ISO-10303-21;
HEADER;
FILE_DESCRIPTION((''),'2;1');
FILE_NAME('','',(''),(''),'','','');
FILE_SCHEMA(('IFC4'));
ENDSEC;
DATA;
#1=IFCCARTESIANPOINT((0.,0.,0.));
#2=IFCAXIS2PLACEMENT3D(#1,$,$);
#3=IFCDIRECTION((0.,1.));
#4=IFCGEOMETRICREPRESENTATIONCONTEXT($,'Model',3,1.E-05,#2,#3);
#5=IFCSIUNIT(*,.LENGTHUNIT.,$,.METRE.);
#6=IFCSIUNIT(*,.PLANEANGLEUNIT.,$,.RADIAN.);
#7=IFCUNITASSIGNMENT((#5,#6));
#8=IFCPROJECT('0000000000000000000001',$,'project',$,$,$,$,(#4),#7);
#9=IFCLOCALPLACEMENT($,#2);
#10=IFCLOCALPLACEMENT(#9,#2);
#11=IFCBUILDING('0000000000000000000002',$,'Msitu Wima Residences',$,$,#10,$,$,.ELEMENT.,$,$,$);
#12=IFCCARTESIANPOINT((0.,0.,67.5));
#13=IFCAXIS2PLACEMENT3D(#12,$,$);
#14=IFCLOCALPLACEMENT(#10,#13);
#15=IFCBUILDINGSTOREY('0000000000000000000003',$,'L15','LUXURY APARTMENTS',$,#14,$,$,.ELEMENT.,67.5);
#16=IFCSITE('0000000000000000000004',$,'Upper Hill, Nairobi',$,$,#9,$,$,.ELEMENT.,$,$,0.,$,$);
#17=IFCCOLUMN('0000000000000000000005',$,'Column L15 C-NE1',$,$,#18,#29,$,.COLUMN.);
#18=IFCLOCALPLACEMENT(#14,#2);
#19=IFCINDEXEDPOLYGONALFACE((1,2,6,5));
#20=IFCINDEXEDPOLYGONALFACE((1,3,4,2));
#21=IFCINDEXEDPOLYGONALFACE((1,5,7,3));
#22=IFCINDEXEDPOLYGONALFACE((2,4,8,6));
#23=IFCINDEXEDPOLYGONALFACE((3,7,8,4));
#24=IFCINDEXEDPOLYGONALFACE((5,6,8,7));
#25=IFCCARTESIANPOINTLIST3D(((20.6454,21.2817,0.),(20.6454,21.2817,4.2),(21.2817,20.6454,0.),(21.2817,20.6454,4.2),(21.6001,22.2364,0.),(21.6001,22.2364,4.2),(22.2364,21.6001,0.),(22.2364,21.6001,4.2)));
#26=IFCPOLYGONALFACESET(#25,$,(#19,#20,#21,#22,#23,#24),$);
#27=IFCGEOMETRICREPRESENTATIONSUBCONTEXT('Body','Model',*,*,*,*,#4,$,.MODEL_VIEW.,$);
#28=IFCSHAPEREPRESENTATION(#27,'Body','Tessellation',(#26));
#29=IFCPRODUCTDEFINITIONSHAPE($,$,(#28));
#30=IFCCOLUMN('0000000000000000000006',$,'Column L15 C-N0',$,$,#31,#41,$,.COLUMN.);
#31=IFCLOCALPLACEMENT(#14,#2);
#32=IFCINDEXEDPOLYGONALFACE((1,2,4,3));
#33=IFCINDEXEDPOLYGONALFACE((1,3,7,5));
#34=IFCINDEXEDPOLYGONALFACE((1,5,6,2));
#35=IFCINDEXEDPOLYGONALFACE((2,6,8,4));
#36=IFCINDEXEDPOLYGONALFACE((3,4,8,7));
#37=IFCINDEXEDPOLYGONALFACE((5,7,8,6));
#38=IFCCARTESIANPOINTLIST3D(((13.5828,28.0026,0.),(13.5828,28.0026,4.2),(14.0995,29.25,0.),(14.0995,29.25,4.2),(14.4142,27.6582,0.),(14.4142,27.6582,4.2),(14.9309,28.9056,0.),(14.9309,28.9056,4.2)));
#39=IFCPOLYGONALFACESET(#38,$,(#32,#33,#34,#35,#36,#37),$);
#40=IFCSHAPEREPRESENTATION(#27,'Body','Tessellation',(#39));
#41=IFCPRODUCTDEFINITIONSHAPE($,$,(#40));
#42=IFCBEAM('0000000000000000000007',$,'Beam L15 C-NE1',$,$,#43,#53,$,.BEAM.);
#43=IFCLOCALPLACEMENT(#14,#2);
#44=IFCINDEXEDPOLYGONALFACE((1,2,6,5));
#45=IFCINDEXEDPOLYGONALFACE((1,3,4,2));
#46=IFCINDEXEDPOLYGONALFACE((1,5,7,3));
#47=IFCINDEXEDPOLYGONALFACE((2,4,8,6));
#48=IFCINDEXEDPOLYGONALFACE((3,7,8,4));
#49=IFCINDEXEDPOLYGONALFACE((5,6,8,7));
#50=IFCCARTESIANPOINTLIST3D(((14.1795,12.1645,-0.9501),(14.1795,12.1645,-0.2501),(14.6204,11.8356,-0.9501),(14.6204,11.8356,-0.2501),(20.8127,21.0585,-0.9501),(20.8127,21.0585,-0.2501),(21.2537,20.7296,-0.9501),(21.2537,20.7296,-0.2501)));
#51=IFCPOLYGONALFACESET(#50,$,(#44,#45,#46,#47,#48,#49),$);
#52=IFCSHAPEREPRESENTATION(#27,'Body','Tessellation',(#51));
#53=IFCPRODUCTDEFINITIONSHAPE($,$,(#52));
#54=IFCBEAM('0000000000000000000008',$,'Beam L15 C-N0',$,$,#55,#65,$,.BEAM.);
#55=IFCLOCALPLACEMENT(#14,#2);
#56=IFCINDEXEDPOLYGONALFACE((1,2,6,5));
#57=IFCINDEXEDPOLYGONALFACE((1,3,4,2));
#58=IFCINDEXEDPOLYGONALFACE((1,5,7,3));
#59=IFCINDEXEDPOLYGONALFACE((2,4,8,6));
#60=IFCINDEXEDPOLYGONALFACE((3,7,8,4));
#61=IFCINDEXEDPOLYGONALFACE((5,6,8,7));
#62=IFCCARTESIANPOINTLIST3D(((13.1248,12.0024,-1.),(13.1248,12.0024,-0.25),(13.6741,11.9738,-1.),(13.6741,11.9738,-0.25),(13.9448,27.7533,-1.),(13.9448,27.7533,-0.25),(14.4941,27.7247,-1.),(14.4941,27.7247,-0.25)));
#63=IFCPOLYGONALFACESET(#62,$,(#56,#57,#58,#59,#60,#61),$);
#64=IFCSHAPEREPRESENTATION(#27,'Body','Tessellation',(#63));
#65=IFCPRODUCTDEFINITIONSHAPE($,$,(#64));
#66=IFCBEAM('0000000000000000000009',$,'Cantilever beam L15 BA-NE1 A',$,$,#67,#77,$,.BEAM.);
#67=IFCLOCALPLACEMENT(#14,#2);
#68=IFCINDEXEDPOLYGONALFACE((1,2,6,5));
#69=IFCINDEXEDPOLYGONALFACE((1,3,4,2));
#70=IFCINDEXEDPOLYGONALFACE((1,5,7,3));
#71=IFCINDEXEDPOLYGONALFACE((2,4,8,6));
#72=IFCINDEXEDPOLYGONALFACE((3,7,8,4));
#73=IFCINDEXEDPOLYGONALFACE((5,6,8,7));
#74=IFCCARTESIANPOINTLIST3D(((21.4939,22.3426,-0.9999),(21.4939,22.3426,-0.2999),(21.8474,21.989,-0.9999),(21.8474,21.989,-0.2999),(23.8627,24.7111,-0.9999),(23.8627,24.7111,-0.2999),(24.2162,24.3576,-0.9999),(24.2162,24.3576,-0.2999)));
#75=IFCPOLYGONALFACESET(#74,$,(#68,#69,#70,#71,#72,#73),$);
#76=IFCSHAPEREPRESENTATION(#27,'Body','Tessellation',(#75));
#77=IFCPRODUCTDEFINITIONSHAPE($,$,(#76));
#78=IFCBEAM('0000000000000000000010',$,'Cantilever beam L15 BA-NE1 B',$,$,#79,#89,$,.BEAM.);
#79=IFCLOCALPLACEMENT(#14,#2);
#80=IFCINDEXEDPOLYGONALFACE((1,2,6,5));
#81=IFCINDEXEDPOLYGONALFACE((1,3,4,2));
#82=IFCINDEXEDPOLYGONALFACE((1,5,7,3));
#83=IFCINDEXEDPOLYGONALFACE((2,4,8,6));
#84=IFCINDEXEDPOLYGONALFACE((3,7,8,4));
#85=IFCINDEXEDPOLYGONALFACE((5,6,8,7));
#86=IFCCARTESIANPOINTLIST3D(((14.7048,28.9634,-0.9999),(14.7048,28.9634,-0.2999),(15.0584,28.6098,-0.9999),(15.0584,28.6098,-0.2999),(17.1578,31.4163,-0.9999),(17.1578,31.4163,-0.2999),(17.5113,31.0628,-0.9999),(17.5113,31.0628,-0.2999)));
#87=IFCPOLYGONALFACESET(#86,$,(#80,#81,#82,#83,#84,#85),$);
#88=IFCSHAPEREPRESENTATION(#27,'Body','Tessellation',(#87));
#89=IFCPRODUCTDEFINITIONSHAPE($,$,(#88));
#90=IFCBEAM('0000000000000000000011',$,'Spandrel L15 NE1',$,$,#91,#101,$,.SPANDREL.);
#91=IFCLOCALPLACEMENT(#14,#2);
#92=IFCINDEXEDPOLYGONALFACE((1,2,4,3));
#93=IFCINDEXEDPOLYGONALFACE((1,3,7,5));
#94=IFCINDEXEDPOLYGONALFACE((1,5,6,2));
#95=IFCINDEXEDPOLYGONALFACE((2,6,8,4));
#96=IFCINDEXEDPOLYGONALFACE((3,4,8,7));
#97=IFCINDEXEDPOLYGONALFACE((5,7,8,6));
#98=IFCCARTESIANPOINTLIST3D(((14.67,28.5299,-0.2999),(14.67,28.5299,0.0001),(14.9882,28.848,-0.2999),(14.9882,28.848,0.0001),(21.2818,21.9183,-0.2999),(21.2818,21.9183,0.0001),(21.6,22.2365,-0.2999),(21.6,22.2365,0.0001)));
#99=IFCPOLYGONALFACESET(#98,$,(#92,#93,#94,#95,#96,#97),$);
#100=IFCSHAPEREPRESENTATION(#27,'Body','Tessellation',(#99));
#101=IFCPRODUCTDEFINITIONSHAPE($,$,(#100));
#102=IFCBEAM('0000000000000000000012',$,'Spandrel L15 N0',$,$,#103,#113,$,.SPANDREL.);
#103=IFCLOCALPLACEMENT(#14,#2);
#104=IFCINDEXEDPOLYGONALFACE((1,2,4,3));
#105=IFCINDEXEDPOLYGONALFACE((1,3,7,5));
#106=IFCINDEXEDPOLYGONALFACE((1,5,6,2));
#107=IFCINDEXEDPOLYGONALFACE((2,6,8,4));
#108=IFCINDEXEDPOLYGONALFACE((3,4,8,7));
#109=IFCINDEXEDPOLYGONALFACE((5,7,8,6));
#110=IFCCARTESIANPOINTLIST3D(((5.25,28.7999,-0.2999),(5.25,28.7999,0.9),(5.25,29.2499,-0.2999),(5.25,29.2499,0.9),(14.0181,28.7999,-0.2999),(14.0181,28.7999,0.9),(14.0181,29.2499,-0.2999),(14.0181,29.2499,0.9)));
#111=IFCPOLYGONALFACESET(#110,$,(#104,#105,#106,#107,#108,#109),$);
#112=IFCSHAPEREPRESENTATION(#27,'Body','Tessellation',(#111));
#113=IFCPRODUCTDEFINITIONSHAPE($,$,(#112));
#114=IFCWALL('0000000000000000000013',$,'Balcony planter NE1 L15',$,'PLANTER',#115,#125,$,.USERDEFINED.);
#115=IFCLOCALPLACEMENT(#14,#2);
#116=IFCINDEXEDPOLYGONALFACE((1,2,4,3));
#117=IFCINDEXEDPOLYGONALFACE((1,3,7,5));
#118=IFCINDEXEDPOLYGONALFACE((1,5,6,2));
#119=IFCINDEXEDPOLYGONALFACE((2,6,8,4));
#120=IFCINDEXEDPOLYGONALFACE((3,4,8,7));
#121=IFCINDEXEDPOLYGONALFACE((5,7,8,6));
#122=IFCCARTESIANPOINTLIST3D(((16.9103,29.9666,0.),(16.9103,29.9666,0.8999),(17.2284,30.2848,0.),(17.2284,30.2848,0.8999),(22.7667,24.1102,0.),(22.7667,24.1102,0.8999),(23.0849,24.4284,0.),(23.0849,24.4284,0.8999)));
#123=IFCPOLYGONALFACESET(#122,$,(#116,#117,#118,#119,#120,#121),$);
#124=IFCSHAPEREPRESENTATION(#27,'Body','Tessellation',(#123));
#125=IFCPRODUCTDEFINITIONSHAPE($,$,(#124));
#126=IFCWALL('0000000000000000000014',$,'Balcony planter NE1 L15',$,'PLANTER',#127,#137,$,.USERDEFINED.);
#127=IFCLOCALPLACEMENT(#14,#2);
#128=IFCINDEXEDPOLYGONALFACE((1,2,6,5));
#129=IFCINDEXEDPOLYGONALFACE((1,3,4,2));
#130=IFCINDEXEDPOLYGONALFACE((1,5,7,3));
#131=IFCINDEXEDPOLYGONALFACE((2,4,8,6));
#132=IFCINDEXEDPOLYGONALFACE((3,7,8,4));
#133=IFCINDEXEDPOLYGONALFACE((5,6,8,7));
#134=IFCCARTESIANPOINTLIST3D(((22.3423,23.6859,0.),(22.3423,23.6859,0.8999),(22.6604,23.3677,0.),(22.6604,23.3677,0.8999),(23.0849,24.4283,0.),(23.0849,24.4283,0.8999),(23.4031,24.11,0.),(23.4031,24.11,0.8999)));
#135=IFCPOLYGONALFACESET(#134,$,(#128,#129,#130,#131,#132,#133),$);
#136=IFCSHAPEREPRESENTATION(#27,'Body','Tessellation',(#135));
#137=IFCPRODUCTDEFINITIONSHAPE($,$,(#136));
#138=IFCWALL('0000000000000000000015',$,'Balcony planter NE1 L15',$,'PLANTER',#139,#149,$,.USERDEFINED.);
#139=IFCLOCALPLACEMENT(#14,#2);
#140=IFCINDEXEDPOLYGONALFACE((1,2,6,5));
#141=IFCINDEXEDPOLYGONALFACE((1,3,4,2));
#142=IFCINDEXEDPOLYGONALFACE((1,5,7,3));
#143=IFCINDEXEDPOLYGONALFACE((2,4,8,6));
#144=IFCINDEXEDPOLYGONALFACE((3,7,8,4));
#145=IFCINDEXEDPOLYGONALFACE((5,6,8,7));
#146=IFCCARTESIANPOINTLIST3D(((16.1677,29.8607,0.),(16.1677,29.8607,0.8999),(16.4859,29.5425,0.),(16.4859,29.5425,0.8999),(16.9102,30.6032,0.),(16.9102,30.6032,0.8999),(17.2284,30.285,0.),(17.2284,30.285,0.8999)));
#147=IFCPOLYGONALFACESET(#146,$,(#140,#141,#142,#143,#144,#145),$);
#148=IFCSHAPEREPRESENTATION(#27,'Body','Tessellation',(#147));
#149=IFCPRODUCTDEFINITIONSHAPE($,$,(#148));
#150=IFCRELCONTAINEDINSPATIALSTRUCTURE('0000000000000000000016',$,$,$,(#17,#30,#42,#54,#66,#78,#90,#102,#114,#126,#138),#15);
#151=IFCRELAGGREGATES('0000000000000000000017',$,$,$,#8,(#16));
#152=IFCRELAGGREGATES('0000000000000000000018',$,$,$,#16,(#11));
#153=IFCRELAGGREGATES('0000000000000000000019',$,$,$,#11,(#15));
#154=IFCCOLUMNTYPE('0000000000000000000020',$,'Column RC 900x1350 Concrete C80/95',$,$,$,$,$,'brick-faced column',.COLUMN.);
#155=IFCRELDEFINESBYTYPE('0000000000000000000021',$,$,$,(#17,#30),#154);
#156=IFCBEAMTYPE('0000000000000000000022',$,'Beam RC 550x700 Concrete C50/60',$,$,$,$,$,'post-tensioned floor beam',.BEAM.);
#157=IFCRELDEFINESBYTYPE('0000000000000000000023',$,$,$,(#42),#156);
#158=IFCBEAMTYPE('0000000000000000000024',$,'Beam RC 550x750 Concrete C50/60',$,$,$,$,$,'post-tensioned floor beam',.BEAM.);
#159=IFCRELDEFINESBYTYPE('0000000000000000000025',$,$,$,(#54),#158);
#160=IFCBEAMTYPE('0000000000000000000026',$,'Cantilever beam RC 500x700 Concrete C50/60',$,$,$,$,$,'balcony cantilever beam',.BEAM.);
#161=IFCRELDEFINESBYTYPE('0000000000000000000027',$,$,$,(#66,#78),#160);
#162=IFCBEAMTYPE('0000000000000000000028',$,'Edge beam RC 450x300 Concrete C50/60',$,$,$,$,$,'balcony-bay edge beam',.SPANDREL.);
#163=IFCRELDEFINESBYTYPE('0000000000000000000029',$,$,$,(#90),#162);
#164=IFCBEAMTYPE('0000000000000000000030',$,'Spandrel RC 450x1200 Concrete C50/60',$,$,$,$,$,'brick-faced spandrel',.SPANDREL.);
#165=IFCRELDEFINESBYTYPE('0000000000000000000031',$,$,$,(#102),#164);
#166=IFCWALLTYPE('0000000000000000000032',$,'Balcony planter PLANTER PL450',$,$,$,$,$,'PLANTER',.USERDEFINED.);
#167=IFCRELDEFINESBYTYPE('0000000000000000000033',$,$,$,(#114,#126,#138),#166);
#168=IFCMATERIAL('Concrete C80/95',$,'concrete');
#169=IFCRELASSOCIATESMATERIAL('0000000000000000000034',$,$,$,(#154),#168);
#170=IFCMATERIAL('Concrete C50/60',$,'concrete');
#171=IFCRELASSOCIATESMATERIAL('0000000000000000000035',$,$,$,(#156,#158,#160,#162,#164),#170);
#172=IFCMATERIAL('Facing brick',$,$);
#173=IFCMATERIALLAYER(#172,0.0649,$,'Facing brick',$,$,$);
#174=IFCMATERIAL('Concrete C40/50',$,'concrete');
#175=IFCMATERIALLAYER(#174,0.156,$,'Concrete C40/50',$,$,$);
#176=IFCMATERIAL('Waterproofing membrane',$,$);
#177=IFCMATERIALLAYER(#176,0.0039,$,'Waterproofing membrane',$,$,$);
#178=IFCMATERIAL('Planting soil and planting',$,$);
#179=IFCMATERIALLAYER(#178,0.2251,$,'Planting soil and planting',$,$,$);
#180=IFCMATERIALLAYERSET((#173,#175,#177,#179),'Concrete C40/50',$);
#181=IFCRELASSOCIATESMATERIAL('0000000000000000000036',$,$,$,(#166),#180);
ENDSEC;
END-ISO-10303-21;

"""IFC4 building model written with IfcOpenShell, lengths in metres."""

from ifc_helpers import new_model, si_unit, direction, frame, frame_2d, origin, origin_2d, place, context, subcontext, project, spatial, rectangle, extrude, material, layer, layer_set, material_profile, profile_set, type_object, element, save


model = new_model("IFC4")

# Units and contexts
model_context = context("Model", 3, precision=1e-05, world=origin(), true_north=direction((0.0, 1.0)))
body_context = subcontext(model_context, "Body", "Model", "MODEL_VIEW")
ifc_project = project(units=[si_unit("LENGTHUNIT", "METRE"), si_unit("PLANEANGLEUNIT", "RADIAN")], contexts=[model_context])

# Site, building, storey
site_placement = place(None, origin())
site = spatial("IfcSite", under=ifc_project, at=site_placement, Name="Upper Hill, Nairobi", CompositionType="ELEMENT", RefElevation=0.0)
building_placement = place(site_placement, origin())
building = spatial("IfcBuilding", under=site, at=building_placement, Name="Msitu Wima Residences", CompositionType="ELEMENT")
storey_placement = place(building_placement, frame((0.0, 0.0, 67.5)))
storey = spatial("IfcBuildingStorey", under=building, at=storey_placement, Name="L15", Description="LUXURY APARTMENTS", CompositionType="ELEMENT", Elevation=67.5)

# Columns
ifc_material_1 = material(Name="Concrete C80/95", Category="concrete")
ifc_material_profile_1 = material_profile(ifc_material_1, rectangle(XDim=0.8999, YDim=1.3501, at=origin_2d()), Name="RC 900x1350")
ifc_profile_set_1 = profile_set([ifc_material_profile_1], Name="Concrete C80/95")
column_type = type_object("IfcColumnType", Name="Column RC 900x1350 Concrete C80/95", ElementType="brick-faced column", PredefinedType="COLUMN", material=ifc_profile_set_1)
for number, where, z_axis, x_axis, name in (
    (1, (21.4409, 21.4409, 0.0), (0.0, 0.0, 1.0), (-0.707107, 0.707107, 0.0), "Column L15 C-NE1"),
    (2, (14.2568, 28.4541, 0.0), (0.0, 0.0, 1.0), (-0.92388, 0.382683, 0.0), "Column L15 C-N0"),
):
    element("IfcColumn", number, at=place(storey_placement, frame(where, z_axis=z_axis, x_axis=x_axis)), inside=storey, type_object=column_type, Name=name, PredefinedType="COLUMN", context=body_context, shape_type="SweptSolid", body=[
        extrude(rectangle(XDim=0.8999, YDim=1.3501, at=origin_2d()), origin(), (0.0, 0.0, 1.0), 4.2),
    ])

# Beams
ifc_material_2 = material(Name="Concrete C50/60", Category="concrete")
ifc_material_profile_2 = material_profile(ifc_material_2, rectangle(XDim=0.55, YDim=0.7, at=origin_2d()), Name="RC 550x700")
ifc_profile_set_2 = profile_set([ifc_material_profile_2], Name="Concrete C50/60")
beam_type_1 = type_object("IfcBeamType", Name="Beam RC 550x700 Concrete C50/60", ElementType="post-tensioned floor beam", PredefinedType="BEAM", material=ifc_profile_set_2)
beam_1_placement = place(storey_placement, frame((21.0332, 20.894, -0.6001), z_axis=(-0.59785, -0.801608, 0.0), x_axis=(0.801608, -0.59785, 0.0)))
element("IfcBeam", 3, at=beam_1_placement, inside=storey, type_object=beam_type_1, Name="Beam L15 C-NE1", PredefinedType="BEAM", context=body_context, shape_type="SweptSolid", body=[
    extrude(rectangle(XDim=0.55, YDim=0.7, at=origin_2d()), origin(), (0.0, 0.0, 1.0), 11.0952),
])
ifc_material_profile_3 = material_profile(ifc_material_2, rectangle(XDim=0.55, YDim=0.75, at=origin_2d()), Name="RC 550x750")
ifc_profile_set_3 = profile_set([ifc_material_profile_3], Name="Concrete C50/60")
beam_type_2 = type_object("IfcBeamType", Name="Beam RC 550x750 Concrete C50/60", ElementType="post-tensioned floor beam", PredefinedType="BEAM", material=ifc_profile_set_3)
beam_2_placement = place(storey_placement, frame((14.2195, 27.739, -0.625), z_axis=(-0.051994, -0.998647, 0.0), x_axis=(0.998647, -0.051994, 0.0)))
element("IfcBeam", 4, at=beam_2_placement, inside=storey, type_object=beam_type_2, Name="Beam L15 C-N0", PredefinedType="BEAM", context=body_context, shape_type="SweptSolid", body=[
    extrude(rectangle(XDim=0.55, YDim=0.75, at=origin_2d()), origin(), (0.0, 0.0, 1.0), 15.7722),
])
ifc_material_profile_4 = material_profile(ifc_material_2, rectangle(XDim=0.5, YDim=0.7, at=origin_2d()), Name="RC 500x700")
ifc_profile_set_4 = profile_set([ifc_material_profile_4], Name="Concrete C50/60")
beam_type_3 = type_object("IfcBeamType", Name="Cantilever beam RC 500x700 Concrete C50/60", ElementType="balcony cantilever beam", PredefinedType="BEAM", material=ifc_profile_set_4)
beam_3_placement = place(storey_placement, frame((21.6707, 22.1658, -0.6499), z_axis=(0.707143, 0.70707, 0.0), x_axis=(-0.70707, 0.707143, 0.0)))
element("IfcBeam", 5, at=beam_3_placement, inside=storey, type_object=beam_type_3, Name="Cantilever beam L15 BA-NE1 A", PredefinedType="BEAM", context=body_context, shape_type="SweptSolid", body=[
    extrude(rectangle(XDim=0.5, YDim=0.7, at=origin_2d()), origin(), (0.0, 0.0, 1.0), 3.3499),
])
beam_4_placement = place(storey_placement, frame((14.8816, 28.7866, -0.6499), z_axis=(0.707107, 0.707107, 0.0), x_axis=(-0.707107, 0.707107, 0.0)))
element("IfcBeam", 6, at=beam_4_placement, inside=storey, type_object=beam_type_3, Name="Cantilever beam L15 BA-NE1 B", PredefinedType="BEAM", context=body_context, shape_type="SweptSolid", body=[
    extrude(rectangle(XDim=0.5, YDim=0.7, at=origin_2d()), origin(), (0.0, 0.0, 1.0), 3.469),
])
ifc_material_profile_5 = material_profile(ifc_material_2, rectangle(XDim=0.45, YDim=0.3, at=origin_2d()), Name="RC 450x300")
ifc_profile_set_5 = profile_set([ifc_material_profile_5], Name="Concrete C50/60")
beam_type_4 = type_object("IfcBeamType", Name="Edge beam RC 450x300 Concrete C50/60", ElementType="balcony-bay edge beam", PredefinedType="SPANDREL", material=ifc_profile_set_5)
beam_5_placement = place(storey_placement, frame((21.4409, 22.0774, -0.1499), z_axis=(-0.70712, 0.707094, 0.0), x_axis=(-0.707094, -0.70712, 0.0)))
element("IfcBeam", 7, at=beam_5_placement, inside=storey, type_object=beam_type_4, Name="Spandrel L15 NE1", PredefinedType="SPANDREL", context=body_context, shape_type="SweptSolid", body=[
    extrude(rectangle(XDim=0.45, YDim=0.3, at=origin_2d()), origin(), (0.0, 0.0, 1.0), 9.3503),
])
ifc_material_profile_6 = material_profile(ifc_material_2, rectangle(XDim=0.45, YDim=1.2, at=origin_2d()), Name="RC 450x1200")
ifc_profile_set_6 = profile_set([ifc_material_profile_6], Name="Concrete C50/60")
beam_type_5 = type_object("IfcBeamType", Name="Spandrel RC 450x1200 Concrete C50/60", ElementType="brick-faced spandrel", PredefinedType="SPANDREL", material=ifc_profile_set_6)
beam_6_placement = place(storey_placement, frame((14.0181, 29.0249, 0.3), z_axis=(-1.0, 0.0, 0.0), x_axis=(0.0, -1.0, 0.0)))
element("IfcBeam", 8, at=beam_6_placement, inside=storey, type_object=beam_type_5, Name="Spandrel L15 N0", PredefinedType="SPANDREL", context=body_context, shape_type="SweptSolid", body=[
    extrude(rectangle(XDim=0.45, YDim=1.2, at=origin_2d()), origin(), (0.0, 0.0, 1.0), 8.7681),
])

# Walls
ifc_material_3 = material(Name="Facing brick")
ifc_layer_1 = layer(ifc_material_3, 0.0649, Name="Facing brick")
ifc_material_4 = material(Name="Concrete C40/50", Category="concrete")
ifc_layer_2 = layer(ifc_material_4, 0.156, Name="Concrete C40/50")
ifc_material_5 = material(Name="Waterproofing membrane")
ifc_layer_3 = layer(ifc_material_5, 0.0039, Name="Waterproofing membrane")
ifc_material_6 = material(Name="Planting soil and planting")
ifc_layer_4 = layer(ifc_material_6, 0.2251, Name="Planting soil and planting")
ifc_layer_set_1 = layer_set([ifc_layer_1, ifc_layer_2, ifc_layer_3, ifc_layer_4], Name="Concrete C40/50")
wall_type_1 = type_object("IfcWallType", Name="Balcony planter PLANTER PL450", ElementType="PLANTER", PredefinedType="USERDEFINED", material=ifc_layer_set_1)
wall_1_placement = place(storey_placement, frame((22.9258, 24.2693, 0.0), z_axis=(0.0, 0.0, 1.0), x_axis=(-0.707107, 0.707107, 0.0)))
element("IfcWall", 9, at=wall_1_placement, inside=storey, type_object=wall_type_1, Name="Balcony planter NE1 L15", ObjectType="PLANTER", PredefinedType="USERDEFINED", context=body_context, shape_type="SweptSolid", body=[
    extrude(rectangle(XDim=8.2822, YDim=0.45, at=frame_2d((4.1411, 0.0))), origin(), (0.0, 0.0, 1.0), 0.8999),
])
for number, where, z_axis, x_axis, name in (
    (10, (22.5015, 23.5269, 0.0), (0.0, 0.0, 1.0), (0.707223, 0.706991, 0.0), "Balcony planter NE1 L15"),
    (11, (16.3269, 29.7017, 0.0), (0.0, 0.0, 1.0), (0.707107, 0.707107, 0.0), "Balcony planter NE1 L15"),
):
    element("IfcWall", number, at=place(storey_placement, frame(where, z_axis=z_axis, x_axis=x_axis)), inside=storey, type_object=wall_type_1, Name=name, ObjectType="PLANTER", PredefinedType="USERDEFINED", context=body_context, shape_type="SweptSolid", body=[
        extrude(rectangle(XDim=1.05, YDim=0.45, at=frame_2d((0.5249, 0.0))), origin(), (0.0, 0.0, 1.0), 0.8999),
    ])

save(model, "model.ifc")
